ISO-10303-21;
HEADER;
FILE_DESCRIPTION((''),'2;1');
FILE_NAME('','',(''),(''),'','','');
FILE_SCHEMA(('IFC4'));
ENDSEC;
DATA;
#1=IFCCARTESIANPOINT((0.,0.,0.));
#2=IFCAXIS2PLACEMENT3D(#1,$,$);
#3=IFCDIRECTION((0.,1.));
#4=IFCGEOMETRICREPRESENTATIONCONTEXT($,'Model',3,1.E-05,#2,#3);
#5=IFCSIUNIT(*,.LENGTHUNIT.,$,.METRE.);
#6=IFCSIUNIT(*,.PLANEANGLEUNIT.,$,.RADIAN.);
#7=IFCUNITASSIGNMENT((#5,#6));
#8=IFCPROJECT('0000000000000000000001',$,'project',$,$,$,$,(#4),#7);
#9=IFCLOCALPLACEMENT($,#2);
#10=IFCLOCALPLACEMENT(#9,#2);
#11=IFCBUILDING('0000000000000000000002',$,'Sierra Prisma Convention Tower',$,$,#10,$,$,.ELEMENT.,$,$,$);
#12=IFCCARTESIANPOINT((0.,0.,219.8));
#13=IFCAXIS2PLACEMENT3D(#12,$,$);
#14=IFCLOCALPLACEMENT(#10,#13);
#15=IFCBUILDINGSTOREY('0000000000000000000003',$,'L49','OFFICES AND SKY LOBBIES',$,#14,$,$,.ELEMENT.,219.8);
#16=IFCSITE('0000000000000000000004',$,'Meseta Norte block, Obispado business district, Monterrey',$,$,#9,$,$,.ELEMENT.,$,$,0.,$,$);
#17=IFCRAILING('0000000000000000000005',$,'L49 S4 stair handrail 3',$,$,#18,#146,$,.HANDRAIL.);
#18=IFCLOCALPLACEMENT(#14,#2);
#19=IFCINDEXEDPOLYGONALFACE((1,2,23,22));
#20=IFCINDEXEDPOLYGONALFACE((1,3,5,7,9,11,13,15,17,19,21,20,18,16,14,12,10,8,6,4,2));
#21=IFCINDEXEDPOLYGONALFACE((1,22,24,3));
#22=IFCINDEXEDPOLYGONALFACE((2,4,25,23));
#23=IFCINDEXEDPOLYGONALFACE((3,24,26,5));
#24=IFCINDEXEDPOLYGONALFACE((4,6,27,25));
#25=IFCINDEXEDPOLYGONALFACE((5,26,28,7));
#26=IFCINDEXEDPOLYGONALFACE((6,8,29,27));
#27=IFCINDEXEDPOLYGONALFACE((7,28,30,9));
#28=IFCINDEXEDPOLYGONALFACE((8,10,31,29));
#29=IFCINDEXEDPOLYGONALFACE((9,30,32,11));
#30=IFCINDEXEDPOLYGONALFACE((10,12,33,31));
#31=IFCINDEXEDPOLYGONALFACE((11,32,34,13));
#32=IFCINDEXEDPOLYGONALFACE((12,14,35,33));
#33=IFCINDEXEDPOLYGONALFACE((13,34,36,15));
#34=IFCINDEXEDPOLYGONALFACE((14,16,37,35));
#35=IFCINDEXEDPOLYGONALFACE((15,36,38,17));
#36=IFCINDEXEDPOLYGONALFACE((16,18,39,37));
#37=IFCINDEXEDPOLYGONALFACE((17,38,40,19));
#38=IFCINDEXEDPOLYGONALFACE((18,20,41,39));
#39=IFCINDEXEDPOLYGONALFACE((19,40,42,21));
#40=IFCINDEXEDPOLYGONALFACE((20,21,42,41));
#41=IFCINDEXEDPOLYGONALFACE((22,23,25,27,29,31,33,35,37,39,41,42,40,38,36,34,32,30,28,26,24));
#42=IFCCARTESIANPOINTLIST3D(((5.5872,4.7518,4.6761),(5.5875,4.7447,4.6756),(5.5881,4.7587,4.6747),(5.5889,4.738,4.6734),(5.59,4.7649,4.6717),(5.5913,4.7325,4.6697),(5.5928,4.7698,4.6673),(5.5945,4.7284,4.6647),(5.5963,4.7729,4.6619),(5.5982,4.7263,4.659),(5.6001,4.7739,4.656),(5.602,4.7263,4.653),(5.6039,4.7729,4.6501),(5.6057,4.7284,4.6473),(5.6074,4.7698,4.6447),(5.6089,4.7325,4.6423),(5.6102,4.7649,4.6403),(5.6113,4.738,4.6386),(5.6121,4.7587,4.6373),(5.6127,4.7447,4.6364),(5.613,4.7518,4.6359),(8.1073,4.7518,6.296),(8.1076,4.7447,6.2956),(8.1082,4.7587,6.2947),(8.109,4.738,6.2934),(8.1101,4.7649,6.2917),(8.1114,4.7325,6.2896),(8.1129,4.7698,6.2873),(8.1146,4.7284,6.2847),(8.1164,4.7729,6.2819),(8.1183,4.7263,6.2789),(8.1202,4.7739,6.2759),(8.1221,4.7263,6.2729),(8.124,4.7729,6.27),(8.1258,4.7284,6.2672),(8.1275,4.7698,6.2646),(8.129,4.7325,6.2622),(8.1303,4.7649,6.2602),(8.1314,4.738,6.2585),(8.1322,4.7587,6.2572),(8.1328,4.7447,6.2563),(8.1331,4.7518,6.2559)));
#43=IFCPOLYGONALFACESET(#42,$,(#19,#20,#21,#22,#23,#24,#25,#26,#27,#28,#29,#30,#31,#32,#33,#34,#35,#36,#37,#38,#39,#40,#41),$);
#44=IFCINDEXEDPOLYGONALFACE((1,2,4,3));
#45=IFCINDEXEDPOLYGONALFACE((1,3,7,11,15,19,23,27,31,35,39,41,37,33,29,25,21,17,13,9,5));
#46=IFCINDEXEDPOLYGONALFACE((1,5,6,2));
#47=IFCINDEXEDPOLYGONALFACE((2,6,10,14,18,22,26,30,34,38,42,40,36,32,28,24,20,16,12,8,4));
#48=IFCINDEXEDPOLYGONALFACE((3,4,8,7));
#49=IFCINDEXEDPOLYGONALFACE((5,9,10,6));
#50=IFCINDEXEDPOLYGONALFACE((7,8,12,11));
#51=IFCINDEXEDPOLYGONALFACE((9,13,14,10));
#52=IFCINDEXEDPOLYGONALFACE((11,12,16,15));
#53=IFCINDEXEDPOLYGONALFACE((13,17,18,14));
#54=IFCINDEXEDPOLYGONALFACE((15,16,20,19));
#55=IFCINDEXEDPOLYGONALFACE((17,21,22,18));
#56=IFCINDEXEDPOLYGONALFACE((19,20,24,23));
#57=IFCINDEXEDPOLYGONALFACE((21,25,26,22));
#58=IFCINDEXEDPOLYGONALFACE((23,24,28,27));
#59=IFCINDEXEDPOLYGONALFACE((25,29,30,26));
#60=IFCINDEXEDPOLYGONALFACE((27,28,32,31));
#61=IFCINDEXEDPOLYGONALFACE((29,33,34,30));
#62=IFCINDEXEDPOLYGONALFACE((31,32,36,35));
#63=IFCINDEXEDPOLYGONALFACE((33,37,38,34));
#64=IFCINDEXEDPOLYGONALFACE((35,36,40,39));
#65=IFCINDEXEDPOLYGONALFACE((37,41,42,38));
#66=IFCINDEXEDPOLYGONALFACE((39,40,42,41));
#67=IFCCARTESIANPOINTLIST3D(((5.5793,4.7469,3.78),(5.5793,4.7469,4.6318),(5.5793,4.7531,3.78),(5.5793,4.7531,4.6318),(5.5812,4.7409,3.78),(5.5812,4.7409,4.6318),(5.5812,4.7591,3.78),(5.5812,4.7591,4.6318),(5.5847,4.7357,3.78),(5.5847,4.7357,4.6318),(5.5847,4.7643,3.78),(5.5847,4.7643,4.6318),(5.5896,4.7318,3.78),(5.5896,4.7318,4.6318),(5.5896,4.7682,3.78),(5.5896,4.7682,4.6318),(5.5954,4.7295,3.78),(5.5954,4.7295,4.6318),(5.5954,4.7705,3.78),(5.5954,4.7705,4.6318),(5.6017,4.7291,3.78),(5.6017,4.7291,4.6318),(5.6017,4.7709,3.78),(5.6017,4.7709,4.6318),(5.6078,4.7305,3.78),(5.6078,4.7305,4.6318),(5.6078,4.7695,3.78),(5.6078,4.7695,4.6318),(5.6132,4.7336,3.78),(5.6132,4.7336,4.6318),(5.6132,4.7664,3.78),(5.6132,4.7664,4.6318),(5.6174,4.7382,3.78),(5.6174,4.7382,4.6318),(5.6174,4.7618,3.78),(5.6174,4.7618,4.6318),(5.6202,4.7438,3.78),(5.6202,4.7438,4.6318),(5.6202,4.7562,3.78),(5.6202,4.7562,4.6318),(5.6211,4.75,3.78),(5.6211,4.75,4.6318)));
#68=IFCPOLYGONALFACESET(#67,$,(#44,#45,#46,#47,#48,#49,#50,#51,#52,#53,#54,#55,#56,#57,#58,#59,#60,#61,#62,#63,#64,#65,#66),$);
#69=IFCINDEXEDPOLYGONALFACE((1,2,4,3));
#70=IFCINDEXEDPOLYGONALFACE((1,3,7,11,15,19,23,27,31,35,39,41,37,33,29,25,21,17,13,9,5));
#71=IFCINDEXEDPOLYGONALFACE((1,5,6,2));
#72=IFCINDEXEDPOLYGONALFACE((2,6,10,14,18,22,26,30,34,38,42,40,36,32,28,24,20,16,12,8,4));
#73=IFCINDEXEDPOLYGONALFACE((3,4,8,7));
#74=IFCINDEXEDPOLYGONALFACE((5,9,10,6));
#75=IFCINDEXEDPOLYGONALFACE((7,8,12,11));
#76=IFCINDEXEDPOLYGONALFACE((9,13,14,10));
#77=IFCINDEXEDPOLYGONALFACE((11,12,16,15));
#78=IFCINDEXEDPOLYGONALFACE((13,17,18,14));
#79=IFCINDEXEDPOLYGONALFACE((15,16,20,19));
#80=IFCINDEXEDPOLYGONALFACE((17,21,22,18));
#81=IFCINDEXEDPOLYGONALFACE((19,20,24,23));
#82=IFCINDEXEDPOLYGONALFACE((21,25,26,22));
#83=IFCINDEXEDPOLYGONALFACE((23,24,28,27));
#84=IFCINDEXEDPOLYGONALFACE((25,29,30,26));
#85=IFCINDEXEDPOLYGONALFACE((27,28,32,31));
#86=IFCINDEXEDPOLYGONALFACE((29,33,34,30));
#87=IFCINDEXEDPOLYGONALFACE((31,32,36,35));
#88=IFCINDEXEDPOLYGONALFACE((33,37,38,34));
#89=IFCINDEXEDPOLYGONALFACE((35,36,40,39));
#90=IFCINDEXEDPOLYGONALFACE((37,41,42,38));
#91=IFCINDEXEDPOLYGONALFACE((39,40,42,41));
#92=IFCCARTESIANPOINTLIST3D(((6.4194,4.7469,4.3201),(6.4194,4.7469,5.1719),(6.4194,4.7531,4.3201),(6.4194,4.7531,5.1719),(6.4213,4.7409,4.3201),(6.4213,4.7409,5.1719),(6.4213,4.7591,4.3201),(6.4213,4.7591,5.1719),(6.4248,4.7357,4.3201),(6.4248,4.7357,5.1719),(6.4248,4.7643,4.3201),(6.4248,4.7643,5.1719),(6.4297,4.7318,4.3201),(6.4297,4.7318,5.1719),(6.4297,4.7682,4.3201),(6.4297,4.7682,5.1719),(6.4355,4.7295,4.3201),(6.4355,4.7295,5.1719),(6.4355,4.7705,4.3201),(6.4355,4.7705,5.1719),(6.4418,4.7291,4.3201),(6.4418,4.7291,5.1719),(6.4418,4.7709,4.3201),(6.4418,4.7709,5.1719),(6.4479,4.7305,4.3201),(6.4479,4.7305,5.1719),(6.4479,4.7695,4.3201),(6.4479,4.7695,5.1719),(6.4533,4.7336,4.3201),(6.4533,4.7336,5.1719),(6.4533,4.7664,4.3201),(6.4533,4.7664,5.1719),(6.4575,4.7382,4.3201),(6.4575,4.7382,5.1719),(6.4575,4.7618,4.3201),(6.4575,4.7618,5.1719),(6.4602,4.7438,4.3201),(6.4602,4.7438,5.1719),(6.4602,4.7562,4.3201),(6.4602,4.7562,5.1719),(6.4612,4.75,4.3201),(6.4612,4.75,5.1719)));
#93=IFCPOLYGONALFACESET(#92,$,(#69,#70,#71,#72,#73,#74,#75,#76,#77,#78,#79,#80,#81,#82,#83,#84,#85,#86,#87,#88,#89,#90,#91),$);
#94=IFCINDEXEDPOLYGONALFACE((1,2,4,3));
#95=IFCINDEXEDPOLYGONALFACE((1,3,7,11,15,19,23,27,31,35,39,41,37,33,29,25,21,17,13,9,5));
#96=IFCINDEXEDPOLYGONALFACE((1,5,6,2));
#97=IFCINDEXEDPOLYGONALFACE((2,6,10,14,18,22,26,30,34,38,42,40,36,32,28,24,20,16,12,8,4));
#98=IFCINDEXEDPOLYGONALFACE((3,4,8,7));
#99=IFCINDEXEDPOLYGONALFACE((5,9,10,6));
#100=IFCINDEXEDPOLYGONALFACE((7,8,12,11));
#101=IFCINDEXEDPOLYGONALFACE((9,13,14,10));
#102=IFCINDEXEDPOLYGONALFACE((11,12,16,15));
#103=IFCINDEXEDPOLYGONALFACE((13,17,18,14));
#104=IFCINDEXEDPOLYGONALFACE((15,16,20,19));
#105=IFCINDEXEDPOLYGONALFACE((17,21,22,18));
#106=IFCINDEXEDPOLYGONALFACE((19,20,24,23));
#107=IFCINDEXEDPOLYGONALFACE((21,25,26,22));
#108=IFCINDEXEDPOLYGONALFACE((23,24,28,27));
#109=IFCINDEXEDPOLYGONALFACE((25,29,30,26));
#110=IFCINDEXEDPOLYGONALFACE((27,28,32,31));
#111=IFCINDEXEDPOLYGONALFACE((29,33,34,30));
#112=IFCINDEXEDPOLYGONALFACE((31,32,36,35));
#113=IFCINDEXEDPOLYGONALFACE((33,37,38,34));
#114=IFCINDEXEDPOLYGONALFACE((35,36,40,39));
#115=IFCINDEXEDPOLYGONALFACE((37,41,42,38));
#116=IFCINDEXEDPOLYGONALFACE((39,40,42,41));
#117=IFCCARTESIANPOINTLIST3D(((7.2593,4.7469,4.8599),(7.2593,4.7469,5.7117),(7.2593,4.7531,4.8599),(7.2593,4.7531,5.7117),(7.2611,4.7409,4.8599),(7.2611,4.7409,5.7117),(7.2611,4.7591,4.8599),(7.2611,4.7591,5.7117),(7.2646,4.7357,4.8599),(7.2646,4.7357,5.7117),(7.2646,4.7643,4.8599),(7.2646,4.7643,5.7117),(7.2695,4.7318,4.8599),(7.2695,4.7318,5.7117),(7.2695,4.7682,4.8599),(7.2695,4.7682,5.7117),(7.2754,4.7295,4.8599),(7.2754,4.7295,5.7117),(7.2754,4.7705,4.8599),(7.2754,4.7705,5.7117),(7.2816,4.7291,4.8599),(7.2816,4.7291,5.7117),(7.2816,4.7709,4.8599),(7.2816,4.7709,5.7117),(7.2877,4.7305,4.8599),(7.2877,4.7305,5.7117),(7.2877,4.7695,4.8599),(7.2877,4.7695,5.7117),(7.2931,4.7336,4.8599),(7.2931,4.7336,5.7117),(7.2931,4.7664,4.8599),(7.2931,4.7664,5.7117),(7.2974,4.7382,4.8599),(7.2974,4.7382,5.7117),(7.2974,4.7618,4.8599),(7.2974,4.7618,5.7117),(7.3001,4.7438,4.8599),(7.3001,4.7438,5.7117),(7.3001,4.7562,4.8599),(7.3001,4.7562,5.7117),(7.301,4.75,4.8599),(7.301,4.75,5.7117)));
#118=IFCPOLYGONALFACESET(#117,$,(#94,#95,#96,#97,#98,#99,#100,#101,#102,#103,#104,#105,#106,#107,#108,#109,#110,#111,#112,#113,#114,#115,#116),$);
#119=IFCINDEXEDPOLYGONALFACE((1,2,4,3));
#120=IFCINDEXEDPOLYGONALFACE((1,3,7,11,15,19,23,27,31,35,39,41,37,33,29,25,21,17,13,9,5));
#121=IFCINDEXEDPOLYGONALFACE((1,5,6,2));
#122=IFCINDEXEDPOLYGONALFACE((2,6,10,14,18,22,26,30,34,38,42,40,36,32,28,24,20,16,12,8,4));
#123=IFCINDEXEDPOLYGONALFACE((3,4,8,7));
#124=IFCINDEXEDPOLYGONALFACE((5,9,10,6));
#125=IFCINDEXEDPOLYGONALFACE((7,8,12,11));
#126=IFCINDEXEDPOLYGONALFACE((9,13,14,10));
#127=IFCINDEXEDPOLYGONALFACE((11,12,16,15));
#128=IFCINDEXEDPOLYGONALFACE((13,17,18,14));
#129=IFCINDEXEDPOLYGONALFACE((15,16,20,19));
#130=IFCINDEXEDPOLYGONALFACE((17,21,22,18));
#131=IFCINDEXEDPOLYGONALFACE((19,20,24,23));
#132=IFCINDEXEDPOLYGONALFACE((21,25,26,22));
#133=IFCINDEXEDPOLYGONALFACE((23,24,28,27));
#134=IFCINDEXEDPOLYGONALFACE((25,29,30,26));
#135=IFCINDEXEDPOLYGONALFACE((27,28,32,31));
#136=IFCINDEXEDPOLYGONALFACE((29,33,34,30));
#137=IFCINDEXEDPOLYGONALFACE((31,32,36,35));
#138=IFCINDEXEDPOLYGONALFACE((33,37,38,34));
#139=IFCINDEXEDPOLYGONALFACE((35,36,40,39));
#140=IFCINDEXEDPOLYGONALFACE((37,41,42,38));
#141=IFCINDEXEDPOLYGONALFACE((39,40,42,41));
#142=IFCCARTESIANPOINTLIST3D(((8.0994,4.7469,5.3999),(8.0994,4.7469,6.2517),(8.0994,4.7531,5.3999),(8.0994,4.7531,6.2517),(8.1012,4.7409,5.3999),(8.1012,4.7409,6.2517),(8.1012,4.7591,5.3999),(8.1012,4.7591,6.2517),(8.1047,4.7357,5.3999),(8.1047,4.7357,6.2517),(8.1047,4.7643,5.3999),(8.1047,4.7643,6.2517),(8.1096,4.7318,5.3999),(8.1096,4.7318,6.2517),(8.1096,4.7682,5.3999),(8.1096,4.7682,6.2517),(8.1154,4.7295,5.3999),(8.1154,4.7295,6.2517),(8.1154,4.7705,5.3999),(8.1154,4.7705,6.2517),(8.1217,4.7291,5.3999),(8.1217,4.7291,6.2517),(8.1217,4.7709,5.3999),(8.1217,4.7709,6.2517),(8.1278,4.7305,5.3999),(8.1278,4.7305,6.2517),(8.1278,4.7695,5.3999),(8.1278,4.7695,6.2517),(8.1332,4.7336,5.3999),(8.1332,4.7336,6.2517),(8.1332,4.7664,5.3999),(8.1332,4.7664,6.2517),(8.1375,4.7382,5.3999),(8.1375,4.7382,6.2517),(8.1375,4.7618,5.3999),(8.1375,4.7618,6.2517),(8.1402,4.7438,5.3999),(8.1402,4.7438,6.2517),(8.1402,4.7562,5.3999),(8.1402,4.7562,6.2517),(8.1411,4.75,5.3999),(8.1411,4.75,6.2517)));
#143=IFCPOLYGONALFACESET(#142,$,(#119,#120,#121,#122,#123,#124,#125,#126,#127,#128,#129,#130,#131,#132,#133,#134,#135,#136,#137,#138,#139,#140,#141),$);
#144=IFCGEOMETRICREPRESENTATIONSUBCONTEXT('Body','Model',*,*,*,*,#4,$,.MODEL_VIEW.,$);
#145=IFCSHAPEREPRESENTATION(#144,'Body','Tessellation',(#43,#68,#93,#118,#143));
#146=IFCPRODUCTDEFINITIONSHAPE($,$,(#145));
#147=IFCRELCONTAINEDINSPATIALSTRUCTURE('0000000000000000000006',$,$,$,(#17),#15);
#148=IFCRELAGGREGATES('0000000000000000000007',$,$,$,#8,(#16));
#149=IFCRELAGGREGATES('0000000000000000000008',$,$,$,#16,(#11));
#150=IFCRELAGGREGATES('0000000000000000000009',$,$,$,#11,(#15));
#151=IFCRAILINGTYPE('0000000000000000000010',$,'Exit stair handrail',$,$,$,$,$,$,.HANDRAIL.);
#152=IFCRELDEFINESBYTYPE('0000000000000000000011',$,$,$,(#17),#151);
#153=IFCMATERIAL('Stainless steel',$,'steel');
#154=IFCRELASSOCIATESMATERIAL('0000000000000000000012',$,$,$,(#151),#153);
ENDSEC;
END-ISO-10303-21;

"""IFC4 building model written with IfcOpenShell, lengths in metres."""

from ifc_helpers import new_model, si_unit, direction, frame, origin, origin_2d, place, context, subcontext, project, spatial, circle, extrude, material, type_object, element, save


model = new_model("IFC4")

# Units and contexts
model_context = context("Model", 3, precision=1e-05, world=origin(), true_north=direction((0.0, 1.0)))
body_context = subcontext(model_context, "Body", "Model", "MODEL_VIEW")
ifc_project = project(units=[si_unit("LENGTHUNIT", "METRE"), si_unit("PLANEANGLEUNIT", "RADIAN")], contexts=[model_context])

# Site, building, storey
site_placement = place(None, origin())
site = spatial("IfcSite", under=ifc_project, at=site_placement, Name="Meseta Norte block, Obispado business district, Monterrey", CompositionType="ELEMENT", RefElevation=0.0)
building_placement = place(site_placement, origin())
building = spatial("IfcBuilding", under=site, at=building_placement, Name="Sierra Prisma Convention Tower", CompositionType="ELEMENT")
storey_placement = place(building_placement, frame((0.0, 0.0, 219.8)))
storey = spatial("IfcBuildingStorey", under=building, at=storey_placement, Name="L49", Description="OFFICES AND SKY LOBBIES", CompositionType="ELEMENT", Elevation=219.8)

# Railing
ifc_material_1 = material(Name="Stainless steel", Category="steel")
railing_type_1 = type_object("IfcRailingType", Name="Exit stair handrail", PredefinedType="HANDRAIL", material=ifc_material_1)
railing_1_placement = place(storey_placement, frame((5.6001, 4.75, 3.78)))
element("IfcRailing", 1, at=railing_1_placement, inside=storey, type_object=railing_type_1, Name="L49 S4 stair handrail 3", PredefinedType="HANDRAIL", context=body_context, shape_type="SweptSolid", body=[
    extrude(circle(Radius=0.0239, at=origin_2d()), frame((0.0, 0.0, 0.876), z_axis=(0.8412, 0.0, 0.540725), x_axis=(0.0, 1.0, 0.0)), (0.0, 0.0, 1.0), 2.9958),
    extrude(circle(Radius=0.021, at=origin_2d()), origin(), (0.0, 0.0, 1.0), 0.8518),
    extrude(circle(Radius=0.021, at=origin_2d()), frame((0.8401, 0.0, 0.54)), (0.0, 0.0, 1.0), 0.8518),
    extrude(circle(Radius=0.021, at=origin_2d()), frame((1.6799, 0.0, 1.0798)), (0.0, 0.0, 1.0), 0.8518),
    extrude(circle(Radius=0.021, at=origin_2d()), frame((2.52, 0.0, 1.6199)), (0.0, 0.0, 1.0), 0.8518),
])

save(model, "model.ifc")
